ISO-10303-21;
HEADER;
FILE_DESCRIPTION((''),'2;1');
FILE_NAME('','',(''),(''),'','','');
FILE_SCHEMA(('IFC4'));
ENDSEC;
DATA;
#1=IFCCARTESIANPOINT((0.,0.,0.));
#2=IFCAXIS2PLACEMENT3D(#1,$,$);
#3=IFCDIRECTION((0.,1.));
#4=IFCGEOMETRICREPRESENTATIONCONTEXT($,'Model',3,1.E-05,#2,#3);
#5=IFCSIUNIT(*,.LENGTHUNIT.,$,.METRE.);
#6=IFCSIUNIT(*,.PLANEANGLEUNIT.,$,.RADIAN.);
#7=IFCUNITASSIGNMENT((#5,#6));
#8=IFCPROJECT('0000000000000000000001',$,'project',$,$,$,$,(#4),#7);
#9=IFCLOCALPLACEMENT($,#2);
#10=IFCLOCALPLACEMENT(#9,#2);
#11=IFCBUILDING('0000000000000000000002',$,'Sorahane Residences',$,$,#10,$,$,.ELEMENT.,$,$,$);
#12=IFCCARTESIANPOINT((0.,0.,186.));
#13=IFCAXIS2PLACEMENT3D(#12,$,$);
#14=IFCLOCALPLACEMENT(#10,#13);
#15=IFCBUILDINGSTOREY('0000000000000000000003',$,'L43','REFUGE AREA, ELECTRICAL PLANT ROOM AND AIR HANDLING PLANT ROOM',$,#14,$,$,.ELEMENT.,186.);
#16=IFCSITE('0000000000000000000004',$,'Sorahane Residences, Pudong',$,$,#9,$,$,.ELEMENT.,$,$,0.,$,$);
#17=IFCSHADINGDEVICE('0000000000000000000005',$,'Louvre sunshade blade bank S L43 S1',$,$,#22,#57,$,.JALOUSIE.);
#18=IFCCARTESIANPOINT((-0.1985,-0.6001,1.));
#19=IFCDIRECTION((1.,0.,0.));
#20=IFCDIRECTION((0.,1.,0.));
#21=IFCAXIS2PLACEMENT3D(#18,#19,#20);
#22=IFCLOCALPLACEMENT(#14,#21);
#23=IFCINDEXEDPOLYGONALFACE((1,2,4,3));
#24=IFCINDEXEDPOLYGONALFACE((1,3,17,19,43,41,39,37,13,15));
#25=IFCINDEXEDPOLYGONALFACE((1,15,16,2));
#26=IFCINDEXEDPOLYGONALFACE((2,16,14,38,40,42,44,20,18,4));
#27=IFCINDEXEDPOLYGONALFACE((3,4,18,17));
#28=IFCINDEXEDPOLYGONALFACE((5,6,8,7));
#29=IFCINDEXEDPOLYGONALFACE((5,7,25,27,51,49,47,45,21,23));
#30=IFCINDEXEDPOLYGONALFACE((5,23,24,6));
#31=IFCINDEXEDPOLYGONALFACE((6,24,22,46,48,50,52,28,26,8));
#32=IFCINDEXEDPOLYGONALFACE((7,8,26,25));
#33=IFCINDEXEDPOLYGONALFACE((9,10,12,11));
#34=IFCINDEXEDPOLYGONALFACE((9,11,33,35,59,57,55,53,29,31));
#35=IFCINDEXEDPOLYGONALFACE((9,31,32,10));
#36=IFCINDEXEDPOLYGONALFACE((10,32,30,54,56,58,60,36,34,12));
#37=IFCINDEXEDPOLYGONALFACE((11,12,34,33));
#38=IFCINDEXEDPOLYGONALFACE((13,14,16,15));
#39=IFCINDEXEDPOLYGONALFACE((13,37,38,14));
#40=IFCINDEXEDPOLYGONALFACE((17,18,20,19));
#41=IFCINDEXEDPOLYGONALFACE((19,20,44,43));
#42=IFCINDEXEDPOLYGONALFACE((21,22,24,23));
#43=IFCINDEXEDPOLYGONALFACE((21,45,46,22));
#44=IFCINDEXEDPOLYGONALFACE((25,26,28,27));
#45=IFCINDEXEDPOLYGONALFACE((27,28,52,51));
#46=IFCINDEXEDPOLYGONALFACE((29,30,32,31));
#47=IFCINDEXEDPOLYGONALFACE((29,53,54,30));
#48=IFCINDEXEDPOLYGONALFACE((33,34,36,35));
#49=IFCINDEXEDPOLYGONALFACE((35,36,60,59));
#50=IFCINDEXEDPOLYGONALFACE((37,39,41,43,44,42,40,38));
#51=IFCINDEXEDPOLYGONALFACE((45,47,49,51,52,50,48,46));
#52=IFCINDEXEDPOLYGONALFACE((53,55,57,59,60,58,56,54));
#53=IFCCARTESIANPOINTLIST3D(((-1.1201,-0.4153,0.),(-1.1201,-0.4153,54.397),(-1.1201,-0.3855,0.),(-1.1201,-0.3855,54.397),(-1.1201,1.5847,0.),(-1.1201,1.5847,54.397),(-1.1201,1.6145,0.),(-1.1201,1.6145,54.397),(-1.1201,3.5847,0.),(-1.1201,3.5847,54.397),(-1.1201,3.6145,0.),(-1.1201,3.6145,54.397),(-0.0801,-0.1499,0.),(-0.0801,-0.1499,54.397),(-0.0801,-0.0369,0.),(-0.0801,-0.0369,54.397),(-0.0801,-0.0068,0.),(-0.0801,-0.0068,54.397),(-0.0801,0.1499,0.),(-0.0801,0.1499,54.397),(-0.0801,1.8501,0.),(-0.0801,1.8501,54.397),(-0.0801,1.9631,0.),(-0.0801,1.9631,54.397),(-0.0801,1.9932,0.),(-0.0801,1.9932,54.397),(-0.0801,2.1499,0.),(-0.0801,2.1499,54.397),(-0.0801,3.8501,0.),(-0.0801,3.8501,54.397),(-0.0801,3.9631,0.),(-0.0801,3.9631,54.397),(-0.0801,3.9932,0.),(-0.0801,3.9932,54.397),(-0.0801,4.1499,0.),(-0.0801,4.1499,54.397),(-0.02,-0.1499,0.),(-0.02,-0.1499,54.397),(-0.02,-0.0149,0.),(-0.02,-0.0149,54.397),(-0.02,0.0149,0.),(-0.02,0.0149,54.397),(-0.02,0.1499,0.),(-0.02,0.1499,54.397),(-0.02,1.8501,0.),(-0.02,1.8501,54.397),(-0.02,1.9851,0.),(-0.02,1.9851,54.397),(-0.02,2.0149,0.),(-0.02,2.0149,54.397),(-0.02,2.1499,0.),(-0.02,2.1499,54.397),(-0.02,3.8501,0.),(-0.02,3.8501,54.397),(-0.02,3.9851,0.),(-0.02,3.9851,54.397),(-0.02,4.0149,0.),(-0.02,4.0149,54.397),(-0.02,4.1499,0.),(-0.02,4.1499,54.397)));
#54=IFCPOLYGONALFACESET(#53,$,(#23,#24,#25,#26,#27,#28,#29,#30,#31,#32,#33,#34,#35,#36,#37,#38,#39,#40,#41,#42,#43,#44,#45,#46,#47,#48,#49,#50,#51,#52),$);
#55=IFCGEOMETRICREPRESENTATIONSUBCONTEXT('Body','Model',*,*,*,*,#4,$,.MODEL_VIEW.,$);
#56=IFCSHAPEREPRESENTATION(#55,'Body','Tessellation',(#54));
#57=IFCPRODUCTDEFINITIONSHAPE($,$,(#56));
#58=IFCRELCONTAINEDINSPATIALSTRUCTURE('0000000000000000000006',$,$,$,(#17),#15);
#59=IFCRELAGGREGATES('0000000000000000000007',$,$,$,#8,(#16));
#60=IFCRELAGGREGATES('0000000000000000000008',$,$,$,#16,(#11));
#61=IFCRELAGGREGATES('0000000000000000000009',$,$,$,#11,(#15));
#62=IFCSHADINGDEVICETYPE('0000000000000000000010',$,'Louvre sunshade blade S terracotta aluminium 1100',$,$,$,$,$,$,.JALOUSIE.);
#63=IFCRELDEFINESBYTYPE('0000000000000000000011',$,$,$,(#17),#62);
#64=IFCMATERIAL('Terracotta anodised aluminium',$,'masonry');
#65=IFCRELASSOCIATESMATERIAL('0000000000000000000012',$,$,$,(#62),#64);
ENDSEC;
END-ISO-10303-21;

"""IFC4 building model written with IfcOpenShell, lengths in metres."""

from ifc_helpers import new_model, si_unit, direction, frame, origin, place, context, subcontext, project, spatial, polyline, outline, composite_profile, extrude, material, type_object, element, save


model = new_model("IFC4")

# Units and contexts
model_context = context("Model", 3, precision=1e-05, world=origin(), true_north=direction((0.0, 1.0)))
body_context = subcontext(model_context, "Body", "Model", "MODEL_VIEW")
ifc_project = project(units=[si_unit("LENGTHUNIT", "METRE"), si_unit("PLANEANGLEUNIT", "RADIAN")], contexts=[model_context])

# Site, building, storey
site_placement = place(None, origin())
site = spatial("IfcSite", under=ifc_project, at=site_placement, Name="Sorahane Residences, Pudong", CompositionType="ELEMENT", RefElevation=0.0)
building_placement = place(site_placement, origin())
building = spatial("IfcBuilding", under=site, at=building_placement, Name="Sorahane Residences", CompositionType="ELEMENT")
storey_placement = place(building_placement, frame((0.0, 0.0, 186.0)))
storey = spatial("IfcBuildingStorey", under=building, at=storey_placement, Name="L43", Description="REFUGE AREA, ELECTRICAL PLANT ROOM AND AIR HANDLING PLANT ROOM", CompositionType="ELEMENT", Elevation=186.0)

# Shading device
ifc_material_1 = material(Name="Terracotta anodised aluminium", Category="masonry")
shading_device_type = type_object("IfcShadingDeviceType", Name="Louvre sunshade blade S terracotta aluminium 1100", PredefinedType="JALOUSIE", material=ifc_material_1)
shading_device_placement = place(storey_placement, frame((-0.1985, -0.6001, 1.0), z_axis=(1.0, 0.0, 0.0), x_axis=(0.0, 1.0, 0.0)))
element("IfcShadingDevice", 1, at=shading_device_placement, inside=storey, type_object=shading_device_type, Name="Louvre sunshade blade bank S L43 S1", PredefinedType="JALOUSIE", context=body_context, shape_type="SweptSolid", body=[
    extrude(composite_profile([outline(polyline([(-1.1201, -0.3855), (-1.1201, -0.4153), (-0.0801, -0.0369), (-0.0801, -0.1499), (-0.02, -0.1499), (-0.02, -0.0149), (-0.02, 0.0149), (-0.02, 0.1499), (-0.0801, 0.1499), (-0.0801, -0.0068), (-1.1201, -0.3855)])), outline(polyline([(-1.1201, 1.6145), (-1.1201, 1.5847), (-0.0801, 1.9631), (-0.0801, 1.8501), (-0.02, 1.8501), (-0.02, 1.9851), (-0.02, 2.0149), (-0.02, 2.1499), (-0.0801, 2.1499), (-0.0801, 1.9932), (-1.1201, 1.6145)])), outline(polyline([(-1.1201, 3.6145), (-1.1201, 3.5847), (-0.0801, 3.9631), (-0.0801, 3.8501), (-0.02, 3.8501), (-0.02, 3.9851), (-0.02, 4.0149), (-0.02, 4.1499), (-0.0801, 4.1499), (-0.0801, 3.9932), (-1.1201, 3.6145)]))]), origin(), (0.0, 0.0, 1.0), 54.397),
])

save(model, "model.ifc")
